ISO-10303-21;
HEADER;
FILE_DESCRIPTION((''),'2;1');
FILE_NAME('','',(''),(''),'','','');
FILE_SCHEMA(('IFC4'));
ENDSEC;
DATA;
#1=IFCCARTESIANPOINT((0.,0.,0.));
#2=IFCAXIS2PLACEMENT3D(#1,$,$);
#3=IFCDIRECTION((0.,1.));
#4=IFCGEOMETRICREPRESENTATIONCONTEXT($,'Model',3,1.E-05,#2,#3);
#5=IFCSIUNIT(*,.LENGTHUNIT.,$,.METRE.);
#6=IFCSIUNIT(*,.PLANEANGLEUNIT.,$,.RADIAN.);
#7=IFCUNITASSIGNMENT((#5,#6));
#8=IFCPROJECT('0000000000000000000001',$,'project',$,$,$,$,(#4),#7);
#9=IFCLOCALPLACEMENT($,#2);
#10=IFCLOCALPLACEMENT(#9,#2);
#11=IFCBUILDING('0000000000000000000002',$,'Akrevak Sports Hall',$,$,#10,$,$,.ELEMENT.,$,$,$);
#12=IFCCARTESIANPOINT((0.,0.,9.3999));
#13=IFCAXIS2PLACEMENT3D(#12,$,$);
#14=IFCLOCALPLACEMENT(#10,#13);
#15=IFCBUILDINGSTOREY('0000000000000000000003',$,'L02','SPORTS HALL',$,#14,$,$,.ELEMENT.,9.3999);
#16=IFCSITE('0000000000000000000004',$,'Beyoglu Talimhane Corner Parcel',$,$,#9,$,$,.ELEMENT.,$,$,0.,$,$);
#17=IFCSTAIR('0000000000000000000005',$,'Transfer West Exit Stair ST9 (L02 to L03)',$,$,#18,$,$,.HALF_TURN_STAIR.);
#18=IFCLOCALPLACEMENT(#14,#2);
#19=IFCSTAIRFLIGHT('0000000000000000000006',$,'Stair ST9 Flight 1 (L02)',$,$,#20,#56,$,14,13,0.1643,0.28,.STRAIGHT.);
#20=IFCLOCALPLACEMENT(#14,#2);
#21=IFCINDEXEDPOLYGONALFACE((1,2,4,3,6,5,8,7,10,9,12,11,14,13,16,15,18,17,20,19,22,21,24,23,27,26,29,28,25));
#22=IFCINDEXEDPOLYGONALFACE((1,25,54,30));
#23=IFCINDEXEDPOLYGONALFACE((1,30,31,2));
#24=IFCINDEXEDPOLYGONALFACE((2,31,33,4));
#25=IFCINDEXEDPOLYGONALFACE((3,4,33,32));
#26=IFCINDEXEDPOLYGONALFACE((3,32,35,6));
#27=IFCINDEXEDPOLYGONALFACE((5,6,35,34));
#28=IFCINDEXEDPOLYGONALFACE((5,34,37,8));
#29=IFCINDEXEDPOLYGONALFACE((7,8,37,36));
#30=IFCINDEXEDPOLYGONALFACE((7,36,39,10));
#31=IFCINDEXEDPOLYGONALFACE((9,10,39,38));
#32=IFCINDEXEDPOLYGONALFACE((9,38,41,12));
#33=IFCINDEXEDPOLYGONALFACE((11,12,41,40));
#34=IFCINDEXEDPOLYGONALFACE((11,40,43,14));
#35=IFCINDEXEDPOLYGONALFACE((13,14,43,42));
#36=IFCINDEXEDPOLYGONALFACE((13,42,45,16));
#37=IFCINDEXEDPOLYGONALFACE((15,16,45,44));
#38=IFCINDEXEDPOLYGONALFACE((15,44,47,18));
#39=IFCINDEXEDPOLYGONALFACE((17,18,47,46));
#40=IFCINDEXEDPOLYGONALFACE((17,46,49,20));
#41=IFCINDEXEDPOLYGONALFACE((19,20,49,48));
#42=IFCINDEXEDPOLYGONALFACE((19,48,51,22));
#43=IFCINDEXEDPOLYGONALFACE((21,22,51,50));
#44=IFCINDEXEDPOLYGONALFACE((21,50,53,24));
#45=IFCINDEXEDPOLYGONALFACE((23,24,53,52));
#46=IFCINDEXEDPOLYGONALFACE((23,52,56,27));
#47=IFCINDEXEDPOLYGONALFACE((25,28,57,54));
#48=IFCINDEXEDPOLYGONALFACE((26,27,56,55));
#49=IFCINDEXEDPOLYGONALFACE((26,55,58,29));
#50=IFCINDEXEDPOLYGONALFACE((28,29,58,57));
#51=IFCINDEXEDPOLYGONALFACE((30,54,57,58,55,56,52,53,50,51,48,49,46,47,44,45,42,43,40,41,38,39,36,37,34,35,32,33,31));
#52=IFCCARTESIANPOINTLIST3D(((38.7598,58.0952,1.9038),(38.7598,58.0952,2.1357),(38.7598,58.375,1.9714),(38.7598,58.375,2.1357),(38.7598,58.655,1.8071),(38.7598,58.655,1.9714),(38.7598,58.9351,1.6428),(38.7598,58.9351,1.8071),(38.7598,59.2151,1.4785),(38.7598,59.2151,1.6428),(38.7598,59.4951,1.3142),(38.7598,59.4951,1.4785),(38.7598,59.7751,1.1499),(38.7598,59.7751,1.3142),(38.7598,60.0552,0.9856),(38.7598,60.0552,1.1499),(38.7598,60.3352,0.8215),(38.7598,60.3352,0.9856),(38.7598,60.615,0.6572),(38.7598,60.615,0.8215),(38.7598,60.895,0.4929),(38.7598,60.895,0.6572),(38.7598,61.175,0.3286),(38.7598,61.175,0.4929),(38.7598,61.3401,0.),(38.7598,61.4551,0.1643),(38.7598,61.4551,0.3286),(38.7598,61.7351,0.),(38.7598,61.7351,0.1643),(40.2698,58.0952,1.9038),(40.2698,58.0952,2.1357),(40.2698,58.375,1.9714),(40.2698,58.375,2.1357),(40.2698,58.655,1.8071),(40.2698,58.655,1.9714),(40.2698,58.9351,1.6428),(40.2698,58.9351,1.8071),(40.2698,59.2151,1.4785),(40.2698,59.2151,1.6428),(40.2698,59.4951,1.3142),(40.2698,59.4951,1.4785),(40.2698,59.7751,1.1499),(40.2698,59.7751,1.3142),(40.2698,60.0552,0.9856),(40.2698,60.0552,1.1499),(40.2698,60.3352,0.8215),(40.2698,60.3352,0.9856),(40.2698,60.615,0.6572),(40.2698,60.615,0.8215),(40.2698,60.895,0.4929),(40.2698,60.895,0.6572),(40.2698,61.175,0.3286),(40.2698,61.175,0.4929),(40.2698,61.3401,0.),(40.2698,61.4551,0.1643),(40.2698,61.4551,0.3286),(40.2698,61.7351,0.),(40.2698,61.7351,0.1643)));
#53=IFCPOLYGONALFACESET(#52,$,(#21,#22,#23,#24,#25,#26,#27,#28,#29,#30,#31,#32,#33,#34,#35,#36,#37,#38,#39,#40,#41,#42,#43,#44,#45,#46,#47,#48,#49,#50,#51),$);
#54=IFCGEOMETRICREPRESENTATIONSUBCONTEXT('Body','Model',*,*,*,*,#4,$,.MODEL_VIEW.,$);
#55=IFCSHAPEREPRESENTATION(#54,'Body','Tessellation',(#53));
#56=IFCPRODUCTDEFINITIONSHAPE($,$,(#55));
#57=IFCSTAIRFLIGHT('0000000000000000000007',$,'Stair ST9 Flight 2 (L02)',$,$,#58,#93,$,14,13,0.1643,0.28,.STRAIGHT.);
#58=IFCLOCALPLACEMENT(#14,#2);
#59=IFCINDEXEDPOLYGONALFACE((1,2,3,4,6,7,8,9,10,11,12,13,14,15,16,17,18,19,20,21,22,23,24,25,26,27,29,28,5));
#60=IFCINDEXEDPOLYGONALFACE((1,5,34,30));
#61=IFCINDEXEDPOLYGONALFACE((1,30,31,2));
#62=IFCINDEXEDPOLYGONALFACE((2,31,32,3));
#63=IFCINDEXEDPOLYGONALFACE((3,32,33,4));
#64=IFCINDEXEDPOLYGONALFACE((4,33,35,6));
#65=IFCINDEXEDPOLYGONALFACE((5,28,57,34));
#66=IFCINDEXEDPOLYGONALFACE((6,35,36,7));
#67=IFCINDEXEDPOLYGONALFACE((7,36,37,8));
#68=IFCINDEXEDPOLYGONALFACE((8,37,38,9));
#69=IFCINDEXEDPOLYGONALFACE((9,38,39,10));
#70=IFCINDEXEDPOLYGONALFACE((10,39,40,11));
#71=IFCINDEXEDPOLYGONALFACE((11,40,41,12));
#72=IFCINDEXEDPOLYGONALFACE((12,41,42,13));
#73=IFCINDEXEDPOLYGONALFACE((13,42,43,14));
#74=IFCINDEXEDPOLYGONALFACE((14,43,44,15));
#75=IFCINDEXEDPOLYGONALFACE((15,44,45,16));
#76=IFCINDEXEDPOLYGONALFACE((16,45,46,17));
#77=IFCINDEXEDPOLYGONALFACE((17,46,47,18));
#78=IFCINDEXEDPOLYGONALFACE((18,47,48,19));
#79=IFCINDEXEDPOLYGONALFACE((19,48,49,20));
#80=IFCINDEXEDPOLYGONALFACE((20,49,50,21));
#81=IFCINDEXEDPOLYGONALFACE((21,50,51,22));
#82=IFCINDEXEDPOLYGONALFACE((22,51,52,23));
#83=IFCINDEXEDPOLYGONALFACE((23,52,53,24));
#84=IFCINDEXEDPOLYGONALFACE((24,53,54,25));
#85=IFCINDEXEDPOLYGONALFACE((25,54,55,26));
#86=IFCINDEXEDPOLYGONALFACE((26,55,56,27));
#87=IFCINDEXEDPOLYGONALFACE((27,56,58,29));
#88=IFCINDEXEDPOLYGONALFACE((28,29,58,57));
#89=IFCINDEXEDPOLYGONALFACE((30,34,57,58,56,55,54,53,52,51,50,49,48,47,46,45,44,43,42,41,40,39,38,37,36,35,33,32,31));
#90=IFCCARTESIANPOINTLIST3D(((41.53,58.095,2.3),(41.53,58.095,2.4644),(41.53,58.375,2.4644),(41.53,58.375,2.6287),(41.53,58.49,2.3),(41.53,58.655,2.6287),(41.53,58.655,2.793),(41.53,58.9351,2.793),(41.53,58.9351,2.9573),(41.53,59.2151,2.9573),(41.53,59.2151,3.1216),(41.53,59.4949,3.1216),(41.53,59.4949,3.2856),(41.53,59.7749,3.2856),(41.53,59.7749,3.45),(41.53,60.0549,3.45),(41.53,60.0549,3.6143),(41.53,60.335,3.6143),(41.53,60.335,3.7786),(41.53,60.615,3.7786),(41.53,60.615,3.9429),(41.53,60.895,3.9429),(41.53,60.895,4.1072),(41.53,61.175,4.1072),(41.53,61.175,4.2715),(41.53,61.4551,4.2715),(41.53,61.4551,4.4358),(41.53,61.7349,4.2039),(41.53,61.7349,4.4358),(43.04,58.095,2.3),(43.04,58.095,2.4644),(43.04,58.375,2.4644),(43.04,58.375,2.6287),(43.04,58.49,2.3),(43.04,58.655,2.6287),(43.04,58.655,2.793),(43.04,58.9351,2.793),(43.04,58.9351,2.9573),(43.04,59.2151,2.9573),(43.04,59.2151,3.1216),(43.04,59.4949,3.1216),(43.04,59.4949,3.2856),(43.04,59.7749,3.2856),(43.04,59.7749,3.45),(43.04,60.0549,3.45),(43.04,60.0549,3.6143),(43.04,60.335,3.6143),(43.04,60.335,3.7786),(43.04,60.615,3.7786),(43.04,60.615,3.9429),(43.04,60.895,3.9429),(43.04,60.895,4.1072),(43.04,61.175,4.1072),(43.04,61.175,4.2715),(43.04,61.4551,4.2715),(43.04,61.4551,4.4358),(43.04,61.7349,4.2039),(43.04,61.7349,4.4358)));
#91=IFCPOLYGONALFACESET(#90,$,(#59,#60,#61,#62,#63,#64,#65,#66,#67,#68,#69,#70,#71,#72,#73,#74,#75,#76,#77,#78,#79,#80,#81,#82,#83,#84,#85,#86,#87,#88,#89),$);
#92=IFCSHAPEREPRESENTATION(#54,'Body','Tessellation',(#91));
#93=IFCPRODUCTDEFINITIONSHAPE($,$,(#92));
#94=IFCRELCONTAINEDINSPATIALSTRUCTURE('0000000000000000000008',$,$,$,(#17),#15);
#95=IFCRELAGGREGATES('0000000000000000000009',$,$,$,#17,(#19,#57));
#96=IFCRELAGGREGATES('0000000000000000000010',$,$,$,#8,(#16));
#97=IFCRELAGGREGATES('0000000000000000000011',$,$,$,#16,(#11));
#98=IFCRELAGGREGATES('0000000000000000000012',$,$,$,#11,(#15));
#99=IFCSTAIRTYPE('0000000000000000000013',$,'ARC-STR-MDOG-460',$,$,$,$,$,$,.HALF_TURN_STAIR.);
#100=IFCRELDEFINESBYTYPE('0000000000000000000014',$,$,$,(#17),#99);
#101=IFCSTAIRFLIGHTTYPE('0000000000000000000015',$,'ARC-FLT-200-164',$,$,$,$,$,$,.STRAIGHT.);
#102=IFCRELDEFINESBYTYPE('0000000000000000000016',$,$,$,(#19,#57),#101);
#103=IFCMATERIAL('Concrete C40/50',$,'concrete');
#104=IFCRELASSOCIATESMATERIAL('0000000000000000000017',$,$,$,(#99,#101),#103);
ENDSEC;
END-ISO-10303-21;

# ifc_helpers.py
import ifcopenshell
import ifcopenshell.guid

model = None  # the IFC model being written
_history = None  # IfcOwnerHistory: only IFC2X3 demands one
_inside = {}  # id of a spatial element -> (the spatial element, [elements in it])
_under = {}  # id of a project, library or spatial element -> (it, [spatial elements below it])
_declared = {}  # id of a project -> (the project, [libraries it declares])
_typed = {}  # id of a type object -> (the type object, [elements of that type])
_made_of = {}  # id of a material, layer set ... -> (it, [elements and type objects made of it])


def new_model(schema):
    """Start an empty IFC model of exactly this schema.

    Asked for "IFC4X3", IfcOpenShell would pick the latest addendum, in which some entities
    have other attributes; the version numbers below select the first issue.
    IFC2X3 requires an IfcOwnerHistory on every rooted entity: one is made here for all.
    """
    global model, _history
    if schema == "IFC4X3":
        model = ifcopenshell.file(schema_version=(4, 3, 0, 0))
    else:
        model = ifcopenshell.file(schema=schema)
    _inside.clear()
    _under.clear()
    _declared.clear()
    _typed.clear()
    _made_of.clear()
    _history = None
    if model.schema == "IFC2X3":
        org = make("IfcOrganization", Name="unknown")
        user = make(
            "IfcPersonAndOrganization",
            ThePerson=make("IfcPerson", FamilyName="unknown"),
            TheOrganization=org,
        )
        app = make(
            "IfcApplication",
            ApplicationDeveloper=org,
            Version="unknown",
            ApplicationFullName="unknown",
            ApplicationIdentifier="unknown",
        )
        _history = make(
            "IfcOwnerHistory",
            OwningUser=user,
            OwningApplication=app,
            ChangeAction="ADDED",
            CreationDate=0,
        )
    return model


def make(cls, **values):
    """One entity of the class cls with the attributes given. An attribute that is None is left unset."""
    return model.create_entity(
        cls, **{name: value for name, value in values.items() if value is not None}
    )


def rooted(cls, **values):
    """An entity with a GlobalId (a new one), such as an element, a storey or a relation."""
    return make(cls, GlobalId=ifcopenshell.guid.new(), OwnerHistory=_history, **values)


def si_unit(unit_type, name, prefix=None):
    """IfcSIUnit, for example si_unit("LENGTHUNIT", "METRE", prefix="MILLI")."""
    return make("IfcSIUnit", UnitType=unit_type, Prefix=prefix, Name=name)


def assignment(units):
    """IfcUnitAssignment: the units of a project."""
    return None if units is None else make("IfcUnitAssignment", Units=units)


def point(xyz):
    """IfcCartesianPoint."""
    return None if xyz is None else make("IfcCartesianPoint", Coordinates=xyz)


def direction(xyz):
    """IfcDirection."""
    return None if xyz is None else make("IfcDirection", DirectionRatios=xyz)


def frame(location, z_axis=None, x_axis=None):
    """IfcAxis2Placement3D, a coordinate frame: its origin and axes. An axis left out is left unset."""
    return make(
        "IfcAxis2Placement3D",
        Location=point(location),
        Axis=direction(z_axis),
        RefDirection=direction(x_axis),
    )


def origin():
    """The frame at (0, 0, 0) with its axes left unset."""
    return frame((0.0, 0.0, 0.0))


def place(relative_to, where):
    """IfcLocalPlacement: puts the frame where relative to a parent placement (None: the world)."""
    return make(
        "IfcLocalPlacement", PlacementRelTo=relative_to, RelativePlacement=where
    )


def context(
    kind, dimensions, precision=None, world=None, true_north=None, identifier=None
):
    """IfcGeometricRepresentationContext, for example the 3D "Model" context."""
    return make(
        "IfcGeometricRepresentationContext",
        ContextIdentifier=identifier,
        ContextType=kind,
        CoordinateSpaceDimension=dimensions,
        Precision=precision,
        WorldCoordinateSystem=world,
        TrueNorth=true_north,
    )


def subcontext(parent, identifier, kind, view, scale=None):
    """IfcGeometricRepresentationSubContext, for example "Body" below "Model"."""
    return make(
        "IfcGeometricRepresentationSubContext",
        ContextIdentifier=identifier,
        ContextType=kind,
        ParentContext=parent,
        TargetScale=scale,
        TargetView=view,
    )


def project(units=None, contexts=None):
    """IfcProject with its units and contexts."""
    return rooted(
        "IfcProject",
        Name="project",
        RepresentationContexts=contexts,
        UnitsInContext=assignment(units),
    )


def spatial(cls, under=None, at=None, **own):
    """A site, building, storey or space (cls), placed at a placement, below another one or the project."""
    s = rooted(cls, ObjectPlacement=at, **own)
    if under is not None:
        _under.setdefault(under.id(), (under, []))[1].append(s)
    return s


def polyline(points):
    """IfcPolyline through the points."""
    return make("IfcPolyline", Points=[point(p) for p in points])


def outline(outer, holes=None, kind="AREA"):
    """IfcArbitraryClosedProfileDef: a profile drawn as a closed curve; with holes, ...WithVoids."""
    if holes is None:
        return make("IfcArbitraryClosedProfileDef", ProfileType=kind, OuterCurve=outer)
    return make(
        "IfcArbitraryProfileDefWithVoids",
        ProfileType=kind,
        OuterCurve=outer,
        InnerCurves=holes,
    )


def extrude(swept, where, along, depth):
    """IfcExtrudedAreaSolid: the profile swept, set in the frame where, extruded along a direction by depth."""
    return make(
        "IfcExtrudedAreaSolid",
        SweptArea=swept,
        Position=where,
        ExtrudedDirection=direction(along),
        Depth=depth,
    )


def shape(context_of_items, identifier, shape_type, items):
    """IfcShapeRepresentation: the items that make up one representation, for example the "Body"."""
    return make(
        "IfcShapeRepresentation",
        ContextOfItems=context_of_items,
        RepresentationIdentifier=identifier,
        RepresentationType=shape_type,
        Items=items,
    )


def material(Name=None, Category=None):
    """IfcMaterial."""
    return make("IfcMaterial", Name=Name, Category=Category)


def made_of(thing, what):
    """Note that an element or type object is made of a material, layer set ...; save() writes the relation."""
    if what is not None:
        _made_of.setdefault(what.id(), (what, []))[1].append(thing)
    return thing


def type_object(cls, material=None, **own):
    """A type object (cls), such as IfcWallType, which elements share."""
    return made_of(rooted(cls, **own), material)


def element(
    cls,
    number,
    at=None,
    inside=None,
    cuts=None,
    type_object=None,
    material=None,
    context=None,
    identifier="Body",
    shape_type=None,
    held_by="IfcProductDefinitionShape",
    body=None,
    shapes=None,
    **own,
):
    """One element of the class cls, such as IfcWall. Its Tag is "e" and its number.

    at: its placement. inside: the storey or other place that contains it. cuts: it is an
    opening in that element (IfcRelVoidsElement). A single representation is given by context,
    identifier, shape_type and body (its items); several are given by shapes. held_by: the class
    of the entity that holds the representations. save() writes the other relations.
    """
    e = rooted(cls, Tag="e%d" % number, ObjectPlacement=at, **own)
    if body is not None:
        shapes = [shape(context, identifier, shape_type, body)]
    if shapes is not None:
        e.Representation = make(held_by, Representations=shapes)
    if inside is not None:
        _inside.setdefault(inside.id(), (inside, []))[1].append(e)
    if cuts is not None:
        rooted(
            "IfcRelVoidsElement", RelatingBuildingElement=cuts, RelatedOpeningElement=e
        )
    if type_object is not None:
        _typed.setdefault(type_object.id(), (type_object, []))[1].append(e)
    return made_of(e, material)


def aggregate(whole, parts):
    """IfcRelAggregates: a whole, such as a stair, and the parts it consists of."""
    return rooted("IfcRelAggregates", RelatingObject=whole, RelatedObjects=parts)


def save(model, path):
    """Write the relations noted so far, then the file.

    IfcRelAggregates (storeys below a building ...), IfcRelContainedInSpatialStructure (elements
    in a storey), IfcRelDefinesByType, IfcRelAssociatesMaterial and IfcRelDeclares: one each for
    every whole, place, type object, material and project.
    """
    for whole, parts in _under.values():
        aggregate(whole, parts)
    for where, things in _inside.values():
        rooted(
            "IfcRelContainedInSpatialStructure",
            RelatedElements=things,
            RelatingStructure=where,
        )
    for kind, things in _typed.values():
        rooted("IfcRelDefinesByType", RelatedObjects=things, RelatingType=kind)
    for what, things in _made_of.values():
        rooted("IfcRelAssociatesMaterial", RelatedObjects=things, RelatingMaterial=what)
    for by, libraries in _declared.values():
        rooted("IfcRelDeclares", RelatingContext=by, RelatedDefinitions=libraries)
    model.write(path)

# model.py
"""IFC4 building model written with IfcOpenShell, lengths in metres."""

from ifc_helpers import new_model, si_unit, direction, frame, origin, place, context, subcontext, project, spatial, polyline, outline, extrude, material, type_object, element, aggregate, save


model = new_model("IFC4")

# Units and contexts
model_context = context("Model", 3, precision=1e-05, world=origin(), true_north=direction((0.0, 1.0)))
body_context = subcontext(model_context, "Body", "Model", "MODEL_VIEW")
ifc_project = project(units=[si_unit("LENGTHUNIT", "METRE"), si_unit("PLANEANGLEUNIT", "RADIAN")], contexts=[model_context])

# Site, building, storey
site_placement = place(None, origin())
site = spatial("IfcSite", under=ifc_project, at=site_placement, Name="Beyoglu Talimhane Corner Parcel", CompositionType="ELEMENT", RefElevation=0.0)
building_placement = place(site_placement, origin())
building = spatial("IfcBuilding", under=site, at=building_placement, Name="Akrevak Sports Hall", CompositionType="ELEMENT")
storey_placement = place(building_placement, frame((0.0, 0.0, 9.3999)))
storey = spatial("IfcBuildingStorey", under=building, at=storey_placement, Name="L02", Description="SPORTS HALL", CompositionType="ELEMENT", Elevation=9.3999)

# Shared definitions
ifc_material_1 = material(Name="Concrete C40/50", Category="concrete")

# Stair, stair flights
stair_type = type_object("IfcStairType", Name="ARC-STR-MDOG-460", PredefinedType="HALF_TURN_STAIR", material=ifc_material_1)
stair_placement = place(storey_placement, origin())
stair = element("IfcStair", 1, at=stair_placement, inside=storey, type_object=stair_type, Name="Transfer West Exit Stair ST9 (L02 to L03)", PredefinedType="HALF_TURN_STAIR")
stair_flight_type = type_object("IfcStairFlightType", Name="ARC-FLT-200-164", PredefinedType="STRAIGHT", material=ifc_material_1)
stair_flight_1_placement = place(storey_placement, frame((39.5149, 61.7351, 0.0), z_axis=(0.0, 0.0, 1.0), x_axis=(0.0, -1.0, 0.0)))
stair_flight_1 = element("IfcStairFlight", 2, at=stair_flight_1_placement, type_object=stair_flight_type, Name="Stair ST9 Flight 1 (L02)", NumberOfRisers=14, NumberOfTreads=13, PredefinedType="STRAIGHT", RiserHeight=0.1643, TreadLength=0.28, context=body_context, shape_type="SweptSolid", body=[
    extrude(outline(polyline([(0.0, 0.0), (0.0, 0.1643), (0.28, 0.1643), (0.28, 0.3286), (0.5601, 0.3286), (0.5601, 0.4929), (0.8401, 0.4929), (0.8401, 0.6572), (1.1201, 0.6572), (1.1201, 0.8215), (1.3999, 0.8215), (1.3999, 0.9856), (1.6799, 0.9856), (1.6799, 1.1499), (1.96, 1.1499), (1.96, 1.3142), (2.24, 1.3142), (2.24, 1.4785), (2.52, 1.4785), (2.52, 1.6428), (2.8, 1.6428), (2.8, 1.8071), (3.0801, 1.8071), (3.0801, 1.9714), (3.3601, 1.9714), (3.3601, 2.1357), (3.6399, 2.1357), (3.6399, 2.3), (3.6399, 1.9038), (0.395, 0.0), (0.0, 0.0)])), frame((0.0, 0.7549, 0.0), z_axis=(0.0, -1.0, 0.0), x_axis=(1.0, 0.0, 0.0)), (0.0, 0.0, 1.0), 1.51),
])
stair_flight_2_placement = place(storey_placement, frame((42.2849, 58.095, 2.3), z_axis=(0.0, 0.0, 1.0), x_axis=(0.0, 1.0, 0.0)))
stair_flight_2 = element("IfcStairFlight", 3, at=stair_flight_2_placement, type_object=stair_flight_type, Name="Stair ST9 Flight 2 (L02)", NumberOfRisers=14, NumberOfTreads=13, PredefinedType="STRAIGHT", RiserHeight=0.1643, TreadLength=0.28, context=body_context, shape_type="SweptSolid", body=[
    extrude(outline(polyline([(0.0, 0.0), (0.0, 0.1643), (0.28, 0.1643), (0.28, 0.3286), (0.5601, 0.3286), (0.5601, 0.4929), (0.8401, 0.4929), (0.8401, 0.6572), (1.1201, 0.6572), (1.1201, 0.8215), (1.3999, 0.8215), (1.3999, 0.9856), (1.6799, 0.9856), (1.6799, 1.1499), (1.96, 1.1499), (1.96, 1.3142), (2.24, 1.3142), (2.24, 1.4785), (2.52, 1.4785), (2.52, 1.6428), (2.8, 1.6428), (2.8, 1.8071), (3.0801, 1.8071), (3.0801, 1.9714), (3.3601, 1.9714), (3.3601, 2.1357), (3.6399, 2.1357), (3.6399, 2.3), (3.6399, 1.9038), (0.395, 0.0), (0.0, 0.0)])), frame((0.0, 0.7549, 0.0), z_axis=(0.0, -1.0, 0.0), x_axis=(1.0, 0.0, 0.0)), (0.0, 0.0, 1.0), 1.51),
])
aggregate(stair, [stair_flight_1, stair_flight_2])

save(model, "model.ifc")
